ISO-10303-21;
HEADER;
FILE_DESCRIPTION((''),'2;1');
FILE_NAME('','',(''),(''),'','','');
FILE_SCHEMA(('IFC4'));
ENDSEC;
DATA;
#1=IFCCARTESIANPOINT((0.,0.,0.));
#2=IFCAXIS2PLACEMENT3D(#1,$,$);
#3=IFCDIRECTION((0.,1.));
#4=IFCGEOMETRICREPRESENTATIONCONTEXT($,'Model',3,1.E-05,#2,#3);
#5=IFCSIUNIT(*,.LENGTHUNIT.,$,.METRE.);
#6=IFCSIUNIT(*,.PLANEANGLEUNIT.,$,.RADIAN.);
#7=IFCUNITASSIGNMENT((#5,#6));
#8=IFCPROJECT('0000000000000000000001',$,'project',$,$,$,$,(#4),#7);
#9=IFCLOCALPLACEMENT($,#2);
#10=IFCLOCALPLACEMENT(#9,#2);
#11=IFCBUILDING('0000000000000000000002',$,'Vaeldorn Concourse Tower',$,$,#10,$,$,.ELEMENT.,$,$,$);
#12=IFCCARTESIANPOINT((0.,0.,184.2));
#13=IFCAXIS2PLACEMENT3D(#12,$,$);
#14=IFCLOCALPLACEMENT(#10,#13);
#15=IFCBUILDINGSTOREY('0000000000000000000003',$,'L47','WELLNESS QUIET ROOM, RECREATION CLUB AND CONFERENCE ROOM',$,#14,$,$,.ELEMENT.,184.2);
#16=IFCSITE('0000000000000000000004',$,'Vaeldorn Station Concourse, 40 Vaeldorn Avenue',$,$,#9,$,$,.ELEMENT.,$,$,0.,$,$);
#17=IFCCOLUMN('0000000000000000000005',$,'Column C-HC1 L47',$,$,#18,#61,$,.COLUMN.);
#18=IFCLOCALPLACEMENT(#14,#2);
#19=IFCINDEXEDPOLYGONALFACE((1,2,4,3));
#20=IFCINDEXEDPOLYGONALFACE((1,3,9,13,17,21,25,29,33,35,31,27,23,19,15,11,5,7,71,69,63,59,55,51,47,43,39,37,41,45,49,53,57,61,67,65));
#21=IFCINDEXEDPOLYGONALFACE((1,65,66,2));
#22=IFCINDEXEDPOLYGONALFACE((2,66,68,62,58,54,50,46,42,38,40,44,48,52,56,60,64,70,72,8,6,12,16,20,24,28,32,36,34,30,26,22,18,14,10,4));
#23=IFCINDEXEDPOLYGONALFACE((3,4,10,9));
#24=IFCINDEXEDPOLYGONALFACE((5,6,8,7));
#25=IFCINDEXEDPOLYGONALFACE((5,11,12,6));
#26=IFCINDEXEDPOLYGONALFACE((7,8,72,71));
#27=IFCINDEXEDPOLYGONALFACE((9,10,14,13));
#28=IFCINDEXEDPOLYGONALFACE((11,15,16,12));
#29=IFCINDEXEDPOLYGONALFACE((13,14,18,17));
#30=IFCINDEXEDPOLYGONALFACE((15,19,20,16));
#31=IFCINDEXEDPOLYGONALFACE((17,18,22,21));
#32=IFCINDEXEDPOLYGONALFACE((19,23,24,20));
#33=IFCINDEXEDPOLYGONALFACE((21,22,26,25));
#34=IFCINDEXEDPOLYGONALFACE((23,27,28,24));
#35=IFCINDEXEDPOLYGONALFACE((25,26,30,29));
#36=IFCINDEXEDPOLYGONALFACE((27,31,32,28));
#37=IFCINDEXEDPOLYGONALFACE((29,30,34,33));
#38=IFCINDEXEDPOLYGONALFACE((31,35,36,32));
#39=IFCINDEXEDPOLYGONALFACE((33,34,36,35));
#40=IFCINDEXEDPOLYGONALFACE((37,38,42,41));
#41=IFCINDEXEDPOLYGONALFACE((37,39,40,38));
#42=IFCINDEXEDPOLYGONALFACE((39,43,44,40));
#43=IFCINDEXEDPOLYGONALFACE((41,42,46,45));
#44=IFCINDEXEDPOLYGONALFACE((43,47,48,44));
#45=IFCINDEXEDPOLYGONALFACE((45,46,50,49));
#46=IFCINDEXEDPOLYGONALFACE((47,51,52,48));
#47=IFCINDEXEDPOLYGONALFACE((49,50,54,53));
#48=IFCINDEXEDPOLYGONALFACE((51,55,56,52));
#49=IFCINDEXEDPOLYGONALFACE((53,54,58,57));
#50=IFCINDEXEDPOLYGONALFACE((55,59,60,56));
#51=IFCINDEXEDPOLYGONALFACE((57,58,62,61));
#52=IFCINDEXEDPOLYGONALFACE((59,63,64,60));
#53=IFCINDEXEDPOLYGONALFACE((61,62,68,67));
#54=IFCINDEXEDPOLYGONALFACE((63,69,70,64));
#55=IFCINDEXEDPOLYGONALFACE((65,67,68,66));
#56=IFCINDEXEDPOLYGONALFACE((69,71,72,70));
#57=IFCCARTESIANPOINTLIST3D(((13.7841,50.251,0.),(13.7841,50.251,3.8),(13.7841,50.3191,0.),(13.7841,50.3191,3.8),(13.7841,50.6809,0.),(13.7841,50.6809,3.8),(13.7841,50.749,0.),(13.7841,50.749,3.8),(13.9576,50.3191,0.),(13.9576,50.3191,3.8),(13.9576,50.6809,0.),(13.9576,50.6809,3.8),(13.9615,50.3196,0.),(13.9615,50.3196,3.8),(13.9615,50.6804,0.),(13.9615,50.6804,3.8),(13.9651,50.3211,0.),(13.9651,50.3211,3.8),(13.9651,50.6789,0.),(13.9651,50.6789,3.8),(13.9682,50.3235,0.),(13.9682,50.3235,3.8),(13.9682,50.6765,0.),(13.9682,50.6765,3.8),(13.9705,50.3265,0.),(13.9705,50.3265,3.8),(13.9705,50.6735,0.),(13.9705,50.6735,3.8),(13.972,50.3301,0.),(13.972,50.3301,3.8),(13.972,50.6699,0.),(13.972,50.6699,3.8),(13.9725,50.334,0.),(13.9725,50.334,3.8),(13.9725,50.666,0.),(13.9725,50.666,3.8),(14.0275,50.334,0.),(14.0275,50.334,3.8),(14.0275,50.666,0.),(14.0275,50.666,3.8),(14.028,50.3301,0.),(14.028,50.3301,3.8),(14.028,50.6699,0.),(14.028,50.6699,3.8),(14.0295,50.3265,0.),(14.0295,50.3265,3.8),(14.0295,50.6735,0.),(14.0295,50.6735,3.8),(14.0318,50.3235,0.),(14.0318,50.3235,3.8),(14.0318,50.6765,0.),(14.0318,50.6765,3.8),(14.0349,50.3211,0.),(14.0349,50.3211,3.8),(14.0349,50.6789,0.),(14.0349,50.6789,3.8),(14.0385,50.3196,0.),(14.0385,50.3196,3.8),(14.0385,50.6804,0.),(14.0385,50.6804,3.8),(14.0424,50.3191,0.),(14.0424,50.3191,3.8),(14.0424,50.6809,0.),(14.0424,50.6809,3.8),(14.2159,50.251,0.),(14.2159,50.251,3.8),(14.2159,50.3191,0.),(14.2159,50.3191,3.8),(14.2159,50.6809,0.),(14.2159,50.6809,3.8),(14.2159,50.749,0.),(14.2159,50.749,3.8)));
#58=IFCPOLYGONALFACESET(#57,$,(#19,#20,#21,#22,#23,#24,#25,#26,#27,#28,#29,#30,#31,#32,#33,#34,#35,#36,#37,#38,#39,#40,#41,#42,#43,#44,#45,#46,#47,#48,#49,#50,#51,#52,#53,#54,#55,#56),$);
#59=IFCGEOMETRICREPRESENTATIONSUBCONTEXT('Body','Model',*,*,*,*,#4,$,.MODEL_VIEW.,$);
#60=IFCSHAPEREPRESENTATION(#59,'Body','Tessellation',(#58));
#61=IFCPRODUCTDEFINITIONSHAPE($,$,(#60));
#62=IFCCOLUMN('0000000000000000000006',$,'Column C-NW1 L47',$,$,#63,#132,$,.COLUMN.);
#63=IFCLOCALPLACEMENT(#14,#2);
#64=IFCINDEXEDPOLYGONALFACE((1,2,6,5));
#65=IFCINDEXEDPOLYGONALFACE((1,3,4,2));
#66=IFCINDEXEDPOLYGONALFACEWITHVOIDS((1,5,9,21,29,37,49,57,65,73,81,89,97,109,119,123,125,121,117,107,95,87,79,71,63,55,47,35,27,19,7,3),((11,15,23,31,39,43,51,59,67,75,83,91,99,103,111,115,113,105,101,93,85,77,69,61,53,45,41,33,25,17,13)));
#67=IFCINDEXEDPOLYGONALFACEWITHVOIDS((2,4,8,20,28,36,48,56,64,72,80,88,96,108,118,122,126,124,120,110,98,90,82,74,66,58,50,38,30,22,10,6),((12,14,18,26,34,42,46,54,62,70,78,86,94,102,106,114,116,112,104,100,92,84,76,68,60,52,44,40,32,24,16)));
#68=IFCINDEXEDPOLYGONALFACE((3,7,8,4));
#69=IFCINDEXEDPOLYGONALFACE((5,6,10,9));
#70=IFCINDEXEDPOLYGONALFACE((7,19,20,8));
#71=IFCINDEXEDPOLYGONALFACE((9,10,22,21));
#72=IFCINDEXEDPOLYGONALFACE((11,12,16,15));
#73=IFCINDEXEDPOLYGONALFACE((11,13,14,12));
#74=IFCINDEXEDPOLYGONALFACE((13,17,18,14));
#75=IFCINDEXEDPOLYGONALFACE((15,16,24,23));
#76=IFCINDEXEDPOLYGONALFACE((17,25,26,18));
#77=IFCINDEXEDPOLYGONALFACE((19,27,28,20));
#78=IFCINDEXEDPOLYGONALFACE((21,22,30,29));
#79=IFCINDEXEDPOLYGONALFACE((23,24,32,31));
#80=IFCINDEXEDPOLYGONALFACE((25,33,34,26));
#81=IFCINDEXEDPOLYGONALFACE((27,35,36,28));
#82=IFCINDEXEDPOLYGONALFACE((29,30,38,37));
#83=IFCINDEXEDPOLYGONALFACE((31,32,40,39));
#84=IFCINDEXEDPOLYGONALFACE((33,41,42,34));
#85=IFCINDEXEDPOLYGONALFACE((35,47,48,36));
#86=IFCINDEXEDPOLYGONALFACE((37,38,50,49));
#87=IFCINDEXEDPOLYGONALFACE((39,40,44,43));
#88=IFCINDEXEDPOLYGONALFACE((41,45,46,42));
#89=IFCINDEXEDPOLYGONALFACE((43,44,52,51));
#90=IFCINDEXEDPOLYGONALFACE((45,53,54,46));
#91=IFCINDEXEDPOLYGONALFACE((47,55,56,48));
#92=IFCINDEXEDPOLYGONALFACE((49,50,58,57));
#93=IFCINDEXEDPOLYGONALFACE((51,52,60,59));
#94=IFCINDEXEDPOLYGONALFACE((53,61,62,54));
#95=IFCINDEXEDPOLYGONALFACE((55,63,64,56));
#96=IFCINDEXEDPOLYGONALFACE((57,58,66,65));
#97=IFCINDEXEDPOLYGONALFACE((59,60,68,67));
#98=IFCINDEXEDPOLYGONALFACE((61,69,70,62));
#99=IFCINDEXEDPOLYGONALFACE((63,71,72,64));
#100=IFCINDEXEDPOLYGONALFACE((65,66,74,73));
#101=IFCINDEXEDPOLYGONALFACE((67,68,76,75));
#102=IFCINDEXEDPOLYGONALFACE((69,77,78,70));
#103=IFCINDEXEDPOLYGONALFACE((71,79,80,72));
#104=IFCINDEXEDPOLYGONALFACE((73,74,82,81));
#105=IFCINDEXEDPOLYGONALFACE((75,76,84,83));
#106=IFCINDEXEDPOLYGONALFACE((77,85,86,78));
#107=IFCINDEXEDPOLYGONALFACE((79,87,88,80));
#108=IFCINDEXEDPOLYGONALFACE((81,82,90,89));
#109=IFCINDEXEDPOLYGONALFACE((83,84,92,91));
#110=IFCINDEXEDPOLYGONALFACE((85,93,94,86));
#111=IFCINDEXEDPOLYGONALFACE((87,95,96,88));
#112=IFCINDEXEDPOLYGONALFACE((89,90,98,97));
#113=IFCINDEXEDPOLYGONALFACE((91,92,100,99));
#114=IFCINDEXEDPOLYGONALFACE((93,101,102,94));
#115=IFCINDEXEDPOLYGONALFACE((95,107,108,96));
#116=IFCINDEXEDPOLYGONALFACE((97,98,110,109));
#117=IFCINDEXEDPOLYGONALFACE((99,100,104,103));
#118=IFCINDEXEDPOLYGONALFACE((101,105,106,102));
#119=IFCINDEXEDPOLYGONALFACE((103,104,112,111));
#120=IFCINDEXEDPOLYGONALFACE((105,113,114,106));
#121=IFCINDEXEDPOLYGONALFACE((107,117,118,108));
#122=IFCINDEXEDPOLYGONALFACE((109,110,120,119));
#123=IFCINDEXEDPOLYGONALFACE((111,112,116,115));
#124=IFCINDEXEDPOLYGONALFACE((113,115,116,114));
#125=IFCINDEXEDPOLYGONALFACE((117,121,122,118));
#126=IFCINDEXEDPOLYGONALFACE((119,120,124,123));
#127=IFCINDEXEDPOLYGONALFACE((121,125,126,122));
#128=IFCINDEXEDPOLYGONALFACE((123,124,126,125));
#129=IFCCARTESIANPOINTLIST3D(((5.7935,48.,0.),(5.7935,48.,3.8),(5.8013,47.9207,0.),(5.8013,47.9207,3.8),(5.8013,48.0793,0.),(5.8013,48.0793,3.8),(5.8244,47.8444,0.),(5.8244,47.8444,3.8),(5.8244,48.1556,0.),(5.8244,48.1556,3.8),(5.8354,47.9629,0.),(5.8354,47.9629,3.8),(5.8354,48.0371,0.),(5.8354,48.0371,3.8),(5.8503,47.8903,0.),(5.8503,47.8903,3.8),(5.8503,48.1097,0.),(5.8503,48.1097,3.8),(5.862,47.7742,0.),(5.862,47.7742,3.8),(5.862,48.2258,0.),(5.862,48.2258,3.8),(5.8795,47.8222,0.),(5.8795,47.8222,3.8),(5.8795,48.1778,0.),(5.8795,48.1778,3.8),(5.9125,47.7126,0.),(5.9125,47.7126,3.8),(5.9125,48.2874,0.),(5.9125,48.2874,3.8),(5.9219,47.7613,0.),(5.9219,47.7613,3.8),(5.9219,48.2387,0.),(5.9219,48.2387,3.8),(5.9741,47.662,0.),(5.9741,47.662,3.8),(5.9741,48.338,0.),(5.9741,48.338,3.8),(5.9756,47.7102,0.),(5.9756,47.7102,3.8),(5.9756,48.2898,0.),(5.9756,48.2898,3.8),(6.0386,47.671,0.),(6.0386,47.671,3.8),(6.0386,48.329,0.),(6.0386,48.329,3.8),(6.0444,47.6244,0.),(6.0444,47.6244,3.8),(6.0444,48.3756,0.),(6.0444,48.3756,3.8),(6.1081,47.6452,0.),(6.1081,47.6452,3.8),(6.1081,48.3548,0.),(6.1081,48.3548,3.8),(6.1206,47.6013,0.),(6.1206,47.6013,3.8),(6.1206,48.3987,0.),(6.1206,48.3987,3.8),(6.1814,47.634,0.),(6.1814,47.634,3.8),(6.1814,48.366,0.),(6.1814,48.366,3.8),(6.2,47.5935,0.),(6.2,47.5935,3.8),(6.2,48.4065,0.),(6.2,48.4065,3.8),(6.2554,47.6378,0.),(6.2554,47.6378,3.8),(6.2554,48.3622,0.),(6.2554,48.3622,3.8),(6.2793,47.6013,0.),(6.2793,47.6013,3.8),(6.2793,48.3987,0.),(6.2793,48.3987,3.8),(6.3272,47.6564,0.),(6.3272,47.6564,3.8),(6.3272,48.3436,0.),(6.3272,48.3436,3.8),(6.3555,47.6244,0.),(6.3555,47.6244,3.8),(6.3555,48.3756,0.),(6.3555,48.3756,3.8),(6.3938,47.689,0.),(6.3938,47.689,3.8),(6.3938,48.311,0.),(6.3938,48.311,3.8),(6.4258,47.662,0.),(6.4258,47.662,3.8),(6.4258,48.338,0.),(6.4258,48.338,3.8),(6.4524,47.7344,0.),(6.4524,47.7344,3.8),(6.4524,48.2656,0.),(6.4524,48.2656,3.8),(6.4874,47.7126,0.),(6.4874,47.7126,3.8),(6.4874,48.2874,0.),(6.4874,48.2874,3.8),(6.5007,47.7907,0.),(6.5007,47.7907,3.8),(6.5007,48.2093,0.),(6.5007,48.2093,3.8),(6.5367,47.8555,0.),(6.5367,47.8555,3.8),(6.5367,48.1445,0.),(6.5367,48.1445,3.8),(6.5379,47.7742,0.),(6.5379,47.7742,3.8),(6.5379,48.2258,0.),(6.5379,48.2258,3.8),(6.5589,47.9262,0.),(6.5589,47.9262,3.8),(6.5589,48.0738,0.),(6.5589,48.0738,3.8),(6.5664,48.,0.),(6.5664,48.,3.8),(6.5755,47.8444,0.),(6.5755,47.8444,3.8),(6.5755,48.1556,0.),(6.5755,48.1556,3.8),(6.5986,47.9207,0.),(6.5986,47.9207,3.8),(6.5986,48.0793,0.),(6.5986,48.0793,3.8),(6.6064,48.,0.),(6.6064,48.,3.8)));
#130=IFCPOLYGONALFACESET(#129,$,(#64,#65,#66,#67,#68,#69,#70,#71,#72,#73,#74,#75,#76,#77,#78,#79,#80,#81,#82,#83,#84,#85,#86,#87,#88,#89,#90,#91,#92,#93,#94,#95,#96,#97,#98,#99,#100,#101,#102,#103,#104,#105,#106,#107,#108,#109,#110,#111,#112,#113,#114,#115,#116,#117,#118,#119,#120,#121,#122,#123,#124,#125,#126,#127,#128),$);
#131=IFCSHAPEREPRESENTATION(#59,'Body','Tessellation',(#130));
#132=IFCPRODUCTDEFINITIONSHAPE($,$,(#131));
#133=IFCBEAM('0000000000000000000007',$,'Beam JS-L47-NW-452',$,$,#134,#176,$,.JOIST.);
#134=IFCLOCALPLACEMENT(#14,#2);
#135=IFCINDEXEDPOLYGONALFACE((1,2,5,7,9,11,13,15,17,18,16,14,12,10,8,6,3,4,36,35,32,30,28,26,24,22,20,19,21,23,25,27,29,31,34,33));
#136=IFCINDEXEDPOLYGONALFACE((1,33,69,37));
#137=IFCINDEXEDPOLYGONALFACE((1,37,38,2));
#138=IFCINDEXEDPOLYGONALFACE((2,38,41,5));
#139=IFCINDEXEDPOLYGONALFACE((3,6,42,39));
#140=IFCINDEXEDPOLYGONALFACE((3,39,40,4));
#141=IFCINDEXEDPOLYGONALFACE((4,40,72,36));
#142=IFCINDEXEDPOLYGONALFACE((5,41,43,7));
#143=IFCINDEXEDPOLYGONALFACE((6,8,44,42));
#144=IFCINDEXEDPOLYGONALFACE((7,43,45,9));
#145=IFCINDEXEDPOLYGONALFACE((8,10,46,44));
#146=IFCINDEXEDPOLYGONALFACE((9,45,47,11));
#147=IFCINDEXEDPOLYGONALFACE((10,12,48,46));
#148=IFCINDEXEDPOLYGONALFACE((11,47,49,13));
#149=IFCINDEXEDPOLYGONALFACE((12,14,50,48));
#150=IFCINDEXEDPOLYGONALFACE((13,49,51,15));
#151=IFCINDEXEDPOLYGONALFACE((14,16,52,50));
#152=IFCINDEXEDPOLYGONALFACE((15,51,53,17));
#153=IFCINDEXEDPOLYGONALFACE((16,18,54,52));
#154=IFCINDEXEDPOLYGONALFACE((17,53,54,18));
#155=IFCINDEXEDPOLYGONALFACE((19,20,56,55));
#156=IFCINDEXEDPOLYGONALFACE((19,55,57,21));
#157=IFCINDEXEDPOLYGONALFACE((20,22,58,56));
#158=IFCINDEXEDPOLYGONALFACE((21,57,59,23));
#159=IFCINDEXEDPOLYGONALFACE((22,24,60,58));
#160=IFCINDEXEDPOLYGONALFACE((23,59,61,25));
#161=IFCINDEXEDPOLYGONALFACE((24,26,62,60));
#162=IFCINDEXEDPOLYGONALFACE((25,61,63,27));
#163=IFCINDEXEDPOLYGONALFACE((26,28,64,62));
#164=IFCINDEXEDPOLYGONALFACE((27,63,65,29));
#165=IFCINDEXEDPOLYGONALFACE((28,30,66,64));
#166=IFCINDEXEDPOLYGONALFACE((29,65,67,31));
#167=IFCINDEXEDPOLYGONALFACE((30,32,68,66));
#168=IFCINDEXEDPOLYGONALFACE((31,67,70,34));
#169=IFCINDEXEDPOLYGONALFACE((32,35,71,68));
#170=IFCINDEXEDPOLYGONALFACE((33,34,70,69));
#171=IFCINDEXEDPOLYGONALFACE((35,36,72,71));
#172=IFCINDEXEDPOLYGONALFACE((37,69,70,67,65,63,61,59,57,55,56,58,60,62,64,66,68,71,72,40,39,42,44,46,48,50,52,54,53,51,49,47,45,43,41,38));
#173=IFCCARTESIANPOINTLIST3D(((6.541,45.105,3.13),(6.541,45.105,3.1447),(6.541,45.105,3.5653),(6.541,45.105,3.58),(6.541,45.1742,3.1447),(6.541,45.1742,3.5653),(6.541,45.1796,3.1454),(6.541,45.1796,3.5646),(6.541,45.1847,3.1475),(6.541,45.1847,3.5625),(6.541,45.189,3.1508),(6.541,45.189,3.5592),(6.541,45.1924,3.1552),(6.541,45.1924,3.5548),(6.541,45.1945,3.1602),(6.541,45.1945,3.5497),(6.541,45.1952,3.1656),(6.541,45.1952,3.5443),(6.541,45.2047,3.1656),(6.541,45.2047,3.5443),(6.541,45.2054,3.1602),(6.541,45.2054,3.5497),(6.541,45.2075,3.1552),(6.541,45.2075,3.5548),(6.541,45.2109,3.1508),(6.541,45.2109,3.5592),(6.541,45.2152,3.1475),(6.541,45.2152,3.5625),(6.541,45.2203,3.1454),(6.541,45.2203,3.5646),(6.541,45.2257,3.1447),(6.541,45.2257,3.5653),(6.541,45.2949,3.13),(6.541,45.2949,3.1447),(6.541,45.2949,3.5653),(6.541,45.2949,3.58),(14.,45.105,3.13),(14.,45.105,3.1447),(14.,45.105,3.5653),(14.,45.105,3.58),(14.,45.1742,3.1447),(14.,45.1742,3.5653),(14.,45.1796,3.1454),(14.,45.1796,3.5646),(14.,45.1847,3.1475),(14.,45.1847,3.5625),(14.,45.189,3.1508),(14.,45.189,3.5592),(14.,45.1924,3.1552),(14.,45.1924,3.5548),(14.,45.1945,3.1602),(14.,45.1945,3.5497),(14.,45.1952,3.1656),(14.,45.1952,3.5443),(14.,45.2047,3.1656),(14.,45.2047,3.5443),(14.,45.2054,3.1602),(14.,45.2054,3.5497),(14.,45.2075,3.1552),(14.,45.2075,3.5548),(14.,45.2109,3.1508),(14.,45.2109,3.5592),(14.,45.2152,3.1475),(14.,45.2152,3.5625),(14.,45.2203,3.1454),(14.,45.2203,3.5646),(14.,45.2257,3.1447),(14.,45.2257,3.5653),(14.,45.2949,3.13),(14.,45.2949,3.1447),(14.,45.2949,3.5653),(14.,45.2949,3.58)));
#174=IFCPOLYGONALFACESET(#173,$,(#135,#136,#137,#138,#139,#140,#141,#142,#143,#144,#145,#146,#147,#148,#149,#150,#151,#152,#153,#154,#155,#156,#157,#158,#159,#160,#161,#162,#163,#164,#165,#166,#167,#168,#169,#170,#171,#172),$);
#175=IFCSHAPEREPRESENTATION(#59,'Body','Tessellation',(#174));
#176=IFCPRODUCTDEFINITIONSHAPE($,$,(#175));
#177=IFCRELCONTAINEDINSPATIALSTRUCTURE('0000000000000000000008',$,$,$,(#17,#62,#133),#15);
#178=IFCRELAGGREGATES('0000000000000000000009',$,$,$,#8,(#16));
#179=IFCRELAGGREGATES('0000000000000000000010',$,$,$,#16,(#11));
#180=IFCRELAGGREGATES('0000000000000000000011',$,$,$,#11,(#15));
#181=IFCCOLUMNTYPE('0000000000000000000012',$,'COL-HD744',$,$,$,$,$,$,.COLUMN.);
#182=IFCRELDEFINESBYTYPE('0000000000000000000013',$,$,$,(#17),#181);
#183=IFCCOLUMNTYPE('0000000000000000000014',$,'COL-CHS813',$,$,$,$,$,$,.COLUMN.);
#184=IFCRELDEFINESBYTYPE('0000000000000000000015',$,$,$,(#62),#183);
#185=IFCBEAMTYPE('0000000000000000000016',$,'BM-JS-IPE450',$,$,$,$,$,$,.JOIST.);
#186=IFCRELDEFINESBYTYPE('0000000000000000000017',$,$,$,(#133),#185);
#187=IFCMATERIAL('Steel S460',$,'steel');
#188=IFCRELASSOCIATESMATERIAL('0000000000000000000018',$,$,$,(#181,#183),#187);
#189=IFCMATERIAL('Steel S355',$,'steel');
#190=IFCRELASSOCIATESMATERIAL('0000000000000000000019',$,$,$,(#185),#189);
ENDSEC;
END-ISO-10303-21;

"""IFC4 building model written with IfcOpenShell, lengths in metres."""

from ifc_helpers import new_model, si_unit, direction, frame, origin, origin_2d, place, context, subcontext, project, spatial, hollow_circle, i_section, extrude, source, transform, mapped, material, material_profile, profile_set, type_object, element, save


model = new_model("IFC4")

# Units and contexts
model_context = context("Model", 3, precision=1e-05, world=origin(), true_north=direction((0.0, 1.0)))
body_context = subcontext(model_context, "Body", "Model", "MODEL_VIEW")
ifc_project = project(units=[si_unit("LENGTHUNIT", "METRE"), si_unit("PLANEANGLEUNIT", "RADIAN")], contexts=[model_context])

# Site, building, storey
site_placement = place(None, origin())
site = spatial("IfcSite", under=ifc_project, at=site_placement, Name="Vaeldorn Station Concourse, 40 Vaeldorn Avenue", CompositionType="ELEMENT", RefElevation=0.0)
building_placement = place(site_placement, origin())
building = spatial("IfcBuilding", under=site, at=building_placement, Name="Vaeldorn Concourse Tower", CompositionType="ELEMENT")
storey_placement = place(building_placement, frame((0.0, 0.0, 184.2)))
storey = spatial("IfcBuildingStorey", under=building, at=storey_placement, Name="L47", Description="WELLNESS QUIET ROOM, RECREATION CLUB AND CONFERENCE ROOM", CompositionType="ELEMENT", Elevation=184.2)

# Columns
ifc_material_1 = material(Name="Steel S460", Category="steel")
ifc_material_profile_1 = material_profile(ifc_material_1, i_section(OverallWidth=0.4319, OverallDepth=0.498, WebThickness=0.0549, FlangeThickness=0.0681, FilletRadius=0.0149, at=origin_2d()), Name="HD 400x744")
ifc_profile_set_1 = profile_set([ifc_material_profile_1], Name="Steel S460")
column_type_1 = type_object("IfcColumnType", Name="COL-HD744", PredefinedType="COLUMN", material=ifc_profile_set_1)
shared_shape_1 = source(origin(), body_context, "Body", "SweptSolid", [
    extrude(i_section(OverallWidth=0.4319, OverallDepth=0.498, WebThickness=0.0549, FlangeThickness=0.0681, FilletRadius=0.0149, at=origin_2d()), origin(), (0.0, 0.0, 1.0), 3.8),
])
column_1_placement = place(storey_placement, frame((14.0, 50.5, 0.0), z_axis=(0.0, 0.0, 1.0), x_axis=(1.0, 0.0, 0.0)))
element("IfcColumn", 1, at=column_1_placement, inside=storey, type_object=column_type_1, Name="Column C-HC1 L47", PredefinedType="COLUMN", context=body_context, shape_type="MappedRepresentation", body=[
    mapped(shared_shape_1, transform((0.0, 0.0, 0.0), scale=1.0)),
])
ifc_material_profile_2 = material_profile(ifc_material_1, hollow_circle(Radius=0.4065, WallThickness=0.04, at=origin_2d()), Name="CHS 813x40")
ifc_profile_set_2 = profile_set([ifc_material_profile_2], Name="Steel S460")
column_type_2 = type_object("IfcColumnType", Name="COL-CHS813", PredefinedType="COLUMN", material=ifc_profile_set_2)
shared_shape_2 = source(origin(), body_context, "Body", "SweptSolid", [
    extrude(hollow_circle(Radius=0.4065, WallThickness=0.04, at=origin_2d()), origin(), (0.0, 0.0, 1.0), 3.8),
])
column_2_placement = place(storey_placement, frame((6.2, 48.0, 0.0), z_axis=(0.0, 0.0, 1.0), x_axis=(1.0, 0.0, 0.0)))
element("IfcColumn", 2, at=column_2_placement, inside=storey, type_object=column_type_2, Name="Column C-NW1 L47", PredefinedType="COLUMN", context=body_context, shape_type="MappedRepresentation", body=[
    mapped(shared_shape_2, transform((0.0, 0.0, 0.0), scale=1.0)),
])

# Beam
ifc_material_2 = material(Name="Steel S355", Category="steel")
ifc_material_profile_3 = material_profile(ifc_material_2, i_section(OverallWidth=0.1899, OverallDepth=0.45, WebThickness=0.0095, FlangeThickness=0.0146, FilletRadius=0.021, at=origin_2d()), Name="IPE 450")
ifc_profile_set_3 = profile_set([ifc_material_profile_3], Name="Steel S355")
beam_type_1 = type_object("IfcBeamType", Name="BM-JS-IPE450", PredefinedType="JOIST", material=ifc_profile_set_3)
shared_shape_3 = source(origin(), body_context, "Body", "SweptSolid", [
    extrude(i_section(OverallWidth=0.1899, OverallDepth=0.45, WebThickness=0.0095, FlangeThickness=0.0146, FilletRadius=0.021, at=origin_2d()), origin(), (0.0, 0.0, 1.0), 7.459),
])
beam_1_placement = place(storey_placement, frame((6.541, 45.2, 3.355), z_axis=(1.0, 0.0, 0.0), x_axis=(0.0, 1.0, 0.0)))
element("IfcBeam", 3, at=beam_1_placement, inside=storey, type_object=beam_type_1, Name="Beam JS-L47-NW-452", PredefinedType="JOIST", context=body_context, shape_type="MappedRepresentation", body=[
    mapped(shared_shape_3, transform((0.0, 0.0, 0.0), scale=1.0)),
])

save(model, "model.ifc")
